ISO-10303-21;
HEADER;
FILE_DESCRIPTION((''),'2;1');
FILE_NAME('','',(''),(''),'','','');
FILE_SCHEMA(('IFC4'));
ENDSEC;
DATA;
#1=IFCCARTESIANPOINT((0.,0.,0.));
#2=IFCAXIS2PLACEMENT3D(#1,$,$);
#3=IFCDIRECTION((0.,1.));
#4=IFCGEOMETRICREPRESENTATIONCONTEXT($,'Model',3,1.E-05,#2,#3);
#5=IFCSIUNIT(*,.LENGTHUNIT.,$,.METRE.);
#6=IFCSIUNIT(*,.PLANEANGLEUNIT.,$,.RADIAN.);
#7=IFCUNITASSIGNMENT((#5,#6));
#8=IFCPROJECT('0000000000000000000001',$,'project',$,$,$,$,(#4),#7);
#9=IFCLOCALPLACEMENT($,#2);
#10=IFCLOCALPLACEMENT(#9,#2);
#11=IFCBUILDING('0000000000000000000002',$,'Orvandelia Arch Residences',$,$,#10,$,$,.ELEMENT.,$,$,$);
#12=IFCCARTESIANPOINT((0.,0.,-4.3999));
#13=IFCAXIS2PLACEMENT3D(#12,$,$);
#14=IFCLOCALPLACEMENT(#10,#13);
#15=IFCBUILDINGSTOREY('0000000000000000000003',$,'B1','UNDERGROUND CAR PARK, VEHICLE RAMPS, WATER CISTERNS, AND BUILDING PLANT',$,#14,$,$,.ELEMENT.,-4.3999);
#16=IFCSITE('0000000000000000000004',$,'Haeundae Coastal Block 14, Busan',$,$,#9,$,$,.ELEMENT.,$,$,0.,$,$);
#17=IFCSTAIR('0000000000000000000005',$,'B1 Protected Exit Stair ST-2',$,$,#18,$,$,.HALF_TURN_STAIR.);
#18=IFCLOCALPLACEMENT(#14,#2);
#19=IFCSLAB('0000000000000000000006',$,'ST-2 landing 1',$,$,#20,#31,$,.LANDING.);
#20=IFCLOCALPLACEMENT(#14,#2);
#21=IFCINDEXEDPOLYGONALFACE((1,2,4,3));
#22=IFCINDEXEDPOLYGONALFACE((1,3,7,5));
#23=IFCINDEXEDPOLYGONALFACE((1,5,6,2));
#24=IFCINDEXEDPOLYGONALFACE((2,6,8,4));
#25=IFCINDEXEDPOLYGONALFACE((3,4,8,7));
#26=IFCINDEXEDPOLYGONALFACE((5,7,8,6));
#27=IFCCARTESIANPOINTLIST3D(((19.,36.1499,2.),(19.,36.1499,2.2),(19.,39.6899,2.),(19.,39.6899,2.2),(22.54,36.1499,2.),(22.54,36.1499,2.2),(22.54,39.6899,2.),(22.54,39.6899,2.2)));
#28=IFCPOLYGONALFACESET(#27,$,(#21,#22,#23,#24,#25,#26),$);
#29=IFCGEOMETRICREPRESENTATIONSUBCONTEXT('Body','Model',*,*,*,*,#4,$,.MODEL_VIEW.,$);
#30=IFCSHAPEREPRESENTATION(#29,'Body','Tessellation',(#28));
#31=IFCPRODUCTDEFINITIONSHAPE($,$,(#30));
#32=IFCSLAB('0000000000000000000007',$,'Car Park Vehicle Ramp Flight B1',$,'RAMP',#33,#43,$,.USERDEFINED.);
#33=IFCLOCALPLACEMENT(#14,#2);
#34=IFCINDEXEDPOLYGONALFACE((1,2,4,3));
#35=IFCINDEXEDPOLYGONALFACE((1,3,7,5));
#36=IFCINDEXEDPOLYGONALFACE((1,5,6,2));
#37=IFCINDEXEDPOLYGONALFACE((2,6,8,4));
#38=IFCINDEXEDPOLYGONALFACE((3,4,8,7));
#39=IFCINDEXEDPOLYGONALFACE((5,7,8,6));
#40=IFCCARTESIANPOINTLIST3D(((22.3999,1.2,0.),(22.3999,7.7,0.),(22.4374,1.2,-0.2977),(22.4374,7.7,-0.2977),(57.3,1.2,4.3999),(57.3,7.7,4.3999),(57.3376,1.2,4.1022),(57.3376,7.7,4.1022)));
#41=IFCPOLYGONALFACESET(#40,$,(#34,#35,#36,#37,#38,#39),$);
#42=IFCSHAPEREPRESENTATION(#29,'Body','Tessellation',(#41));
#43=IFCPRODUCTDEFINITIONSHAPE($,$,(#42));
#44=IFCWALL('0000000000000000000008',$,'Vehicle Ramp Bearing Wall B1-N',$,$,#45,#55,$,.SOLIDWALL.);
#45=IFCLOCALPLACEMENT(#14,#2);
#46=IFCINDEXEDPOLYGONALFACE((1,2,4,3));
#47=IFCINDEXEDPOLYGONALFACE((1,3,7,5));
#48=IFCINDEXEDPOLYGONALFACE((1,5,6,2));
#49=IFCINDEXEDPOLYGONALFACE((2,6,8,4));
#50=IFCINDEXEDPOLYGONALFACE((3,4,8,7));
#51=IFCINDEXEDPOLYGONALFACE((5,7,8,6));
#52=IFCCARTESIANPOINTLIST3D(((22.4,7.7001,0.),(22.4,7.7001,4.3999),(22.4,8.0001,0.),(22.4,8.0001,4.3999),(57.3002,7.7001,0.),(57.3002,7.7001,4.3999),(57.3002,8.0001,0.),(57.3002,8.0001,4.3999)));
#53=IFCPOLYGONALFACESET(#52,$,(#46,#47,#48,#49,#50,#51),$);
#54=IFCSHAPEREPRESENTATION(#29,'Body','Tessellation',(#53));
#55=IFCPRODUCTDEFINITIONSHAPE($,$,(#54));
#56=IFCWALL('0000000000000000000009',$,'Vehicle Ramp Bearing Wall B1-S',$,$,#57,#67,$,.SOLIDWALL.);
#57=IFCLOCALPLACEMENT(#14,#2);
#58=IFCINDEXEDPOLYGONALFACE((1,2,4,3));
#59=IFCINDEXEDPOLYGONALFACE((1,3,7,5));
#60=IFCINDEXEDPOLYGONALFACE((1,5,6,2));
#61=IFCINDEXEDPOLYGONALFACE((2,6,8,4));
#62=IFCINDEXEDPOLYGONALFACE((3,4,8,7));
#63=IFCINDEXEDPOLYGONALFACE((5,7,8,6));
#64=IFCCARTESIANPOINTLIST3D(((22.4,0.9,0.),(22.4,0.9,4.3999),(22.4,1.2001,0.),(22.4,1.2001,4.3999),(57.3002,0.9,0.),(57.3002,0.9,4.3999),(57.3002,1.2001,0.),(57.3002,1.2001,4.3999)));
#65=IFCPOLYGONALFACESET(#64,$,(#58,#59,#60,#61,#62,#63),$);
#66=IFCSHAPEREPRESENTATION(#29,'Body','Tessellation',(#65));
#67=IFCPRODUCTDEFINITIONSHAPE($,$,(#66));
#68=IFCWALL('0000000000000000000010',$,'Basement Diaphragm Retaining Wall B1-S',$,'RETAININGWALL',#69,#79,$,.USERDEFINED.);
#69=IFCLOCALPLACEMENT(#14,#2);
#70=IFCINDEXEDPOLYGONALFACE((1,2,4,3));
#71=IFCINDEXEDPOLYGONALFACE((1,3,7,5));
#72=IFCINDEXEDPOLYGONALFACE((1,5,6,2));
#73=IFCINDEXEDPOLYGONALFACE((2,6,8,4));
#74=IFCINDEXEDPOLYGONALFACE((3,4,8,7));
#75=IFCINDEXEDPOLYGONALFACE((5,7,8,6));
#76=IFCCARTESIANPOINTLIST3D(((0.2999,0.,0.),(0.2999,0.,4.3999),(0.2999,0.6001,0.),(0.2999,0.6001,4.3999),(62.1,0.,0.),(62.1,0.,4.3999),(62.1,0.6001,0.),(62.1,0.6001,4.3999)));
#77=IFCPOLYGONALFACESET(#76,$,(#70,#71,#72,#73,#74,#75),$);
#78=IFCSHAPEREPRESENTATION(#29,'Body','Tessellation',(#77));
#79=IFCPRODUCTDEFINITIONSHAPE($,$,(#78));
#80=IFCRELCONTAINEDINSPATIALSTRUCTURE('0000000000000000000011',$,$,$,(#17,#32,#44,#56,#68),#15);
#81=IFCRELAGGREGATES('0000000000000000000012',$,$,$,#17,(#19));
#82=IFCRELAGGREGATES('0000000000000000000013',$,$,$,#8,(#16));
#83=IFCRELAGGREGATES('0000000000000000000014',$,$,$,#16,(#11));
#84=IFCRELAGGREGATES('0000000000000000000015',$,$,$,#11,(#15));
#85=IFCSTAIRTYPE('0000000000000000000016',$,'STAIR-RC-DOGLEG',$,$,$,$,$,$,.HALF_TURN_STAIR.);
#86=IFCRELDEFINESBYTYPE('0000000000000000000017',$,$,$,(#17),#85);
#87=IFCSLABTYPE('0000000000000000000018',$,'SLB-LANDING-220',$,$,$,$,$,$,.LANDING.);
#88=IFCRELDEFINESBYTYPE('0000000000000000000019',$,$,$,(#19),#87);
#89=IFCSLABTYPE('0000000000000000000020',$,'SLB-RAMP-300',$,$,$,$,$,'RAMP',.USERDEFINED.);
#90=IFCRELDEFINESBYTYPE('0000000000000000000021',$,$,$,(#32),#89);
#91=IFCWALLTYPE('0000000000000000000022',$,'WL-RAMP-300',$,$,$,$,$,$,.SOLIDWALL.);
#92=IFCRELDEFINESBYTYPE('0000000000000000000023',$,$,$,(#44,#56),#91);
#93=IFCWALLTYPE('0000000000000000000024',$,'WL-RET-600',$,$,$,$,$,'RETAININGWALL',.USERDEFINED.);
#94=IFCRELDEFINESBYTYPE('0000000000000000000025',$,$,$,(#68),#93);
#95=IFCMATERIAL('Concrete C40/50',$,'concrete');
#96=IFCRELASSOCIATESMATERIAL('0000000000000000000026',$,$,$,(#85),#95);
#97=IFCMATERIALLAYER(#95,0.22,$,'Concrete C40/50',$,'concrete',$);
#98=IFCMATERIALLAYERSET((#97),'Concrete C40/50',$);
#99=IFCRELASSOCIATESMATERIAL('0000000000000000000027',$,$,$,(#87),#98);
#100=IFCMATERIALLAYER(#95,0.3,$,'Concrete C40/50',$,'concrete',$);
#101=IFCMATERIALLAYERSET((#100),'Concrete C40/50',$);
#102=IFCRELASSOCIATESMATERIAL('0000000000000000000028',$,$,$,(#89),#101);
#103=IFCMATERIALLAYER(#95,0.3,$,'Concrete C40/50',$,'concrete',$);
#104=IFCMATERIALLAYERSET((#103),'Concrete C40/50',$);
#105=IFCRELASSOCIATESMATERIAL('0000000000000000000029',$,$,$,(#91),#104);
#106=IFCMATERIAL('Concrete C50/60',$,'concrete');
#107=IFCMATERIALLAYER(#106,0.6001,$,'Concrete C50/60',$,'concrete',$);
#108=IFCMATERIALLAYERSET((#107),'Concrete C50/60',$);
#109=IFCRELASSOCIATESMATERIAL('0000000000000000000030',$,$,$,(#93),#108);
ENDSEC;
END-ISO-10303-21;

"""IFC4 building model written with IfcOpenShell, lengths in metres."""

from ifc_helpers import new_model, si_unit, direction, frame, frame_2d, origin, place, context, subcontext, project, spatial, polyline, rectangle, outline, extrude, material, layer, layer_set, type_object, element, aggregate, save


model = new_model("IFC4")

# Units and contexts
model_context = context("Model", 3, precision=1e-05, world=origin(), true_north=direction((0.0, 1.0)))
body_context = subcontext(model_context, "Body", "Model", "MODEL_VIEW")
ifc_project = project(units=[si_unit("LENGTHUNIT", "METRE"), si_unit("PLANEANGLEUNIT", "RADIAN")], contexts=[model_context])

# Site, building, storey
site_placement = place(None, origin())
site = spatial("IfcSite", under=ifc_project, at=site_placement, Name="Haeundae Coastal Block 14, Busan", CompositionType="ELEMENT", RefElevation=0.0)
building_placement = place(site_placement, origin())
building = spatial("IfcBuilding", under=site, at=building_placement, Name="Orvandelia Arch Residences", CompositionType="ELEMENT")
storey_placement = place(building_placement, frame((0.0, 0.0, -4.3999)))
storey = spatial("IfcBuildingStorey", under=building, at=storey_placement, Name="B1", Description="UNDERGROUND CAR PARK, VEHICLE RAMPS, WATER CISTERNS, AND BUILDING PLANT", CompositionType="ELEMENT", Elevation=-4.3999)

# Shared definitions
ifc_material_1 = material(Name="Concrete C50/60", Category="concrete")

# Shared definitions
ifc_material_2 = material(Name="Concrete C40/50", Category="concrete")

# Stair, slab
stair_type = type_object("IfcStairType", Name="STAIR-RC-DOGLEG", PredefinedType="HALF_TURN_STAIR", material=ifc_material_2)
ifc_layer_1 = layer(ifc_material_2, 0.22, Name="Concrete C40/50", Category="concrete")
ifc_layer_set_1 = layer_set([ifc_layer_1], Name="Concrete C40/50")
slab_type_1 = type_object("IfcSlabType", Name="SLB-LANDING-220", PredefinedType="LANDING", material=ifc_layer_set_1)
stair_1_placement = place(storey_placement, origin())
stair_1 = element("IfcStair", 1, at=stair_1_placement, inside=storey, type_object=stair_type, Name="B1 Protected Exit Stair ST-2", PredefinedType="HALF_TURN_STAIR")
slab_1_placement = place(storey_placement, frame((0.0, 0.0, 2.0)))
slab_1 = element("IfcSlab", 2, at=slab_1_placement, type_object=slab_type_1, Name="ST-2 landing 1", PredefinedType="LANDING", context=body_context, shape_type="SweptSolid", body=[
    extrude(outline(polyline([(22.54, 36.1499), (22.54, 39.6899), (19.0, 39.6899), (19.0, 36.1499), (22.54, 36.1499)])), origin(), (0.0, 0.0, 1.0), 0.2),
])
aggregate(stair_1, [slab_1])

# Slab
ifc_layer_2 = layer(ifc_material_2, 0.3, Name="Concrete C40/50", Category="concrete")
ifc_layer_set_2 = layer_set([ifc_layer_2], Name="Concrete C40/50")
slab_type_2 = type_object("IfcSlabType", Name="SLB-RAMP-300", ElementType="RAMP", PredefinedType="USERDEFINED", material=ifc_layer_set_2)
slab_2_placement = place(storey_placement, frame((22.3999, 1.2, 0.0), z_axis=(-0.125081, 0.0, 0.992147), x_axis=(0.992147, 0.0, 0.125081)))
element("IfcSlab", 3, at=slab_2_placement, inside=storey, type_object=slab_type_2, Name="Car Park Vehicle Ramp Flight B1", ObjectType="RAMP", PredefinedType="USERDEFINED", context=body_context, shape_type="SweptSolid", body=[
    extrude(outline(polyline([(0.0, 0.0), (35.1764, 0.0), (35.1764, 6.5), (0.0, 6.5), (0.0, 0.0)])), origin(), (0.0, 0.0, -1.0), 0.3),
])

# Walls
ifc_layer_3 = layer(ifc_material_2, 0.3, Name="Concrete C40/50", Category="concrete")
ifc_layer_set_3 = layer_set([ifc_layer_3], Name="Concrete C40/50")
wall_type_1 = type_object("IfcWallType", Name="WL-RAMP-300", PredefinedType="SOLIDWALL", material=ifc_layer_set_3)
for number, where, z_axis, x_axis, name in (
    (4, (22.3999, 7.8501, 0.0), (0.0, 0.0, 1.0), (1.0, 0.0, 0.0), "Vehicle Ramp Bearing Wall B1-N"),
    (5, (22.3999, 1.05, 0.0), (0.0, 0.0, 1.0), (1.0, 0.0, 0.0), "Vehicle Ramp Bearing Wall B1-S"),
):
    element("IfcWall", number, at=place(storey_placement, frame(where, z_axis=z_axis, x_axis=x_axis)), inside=storey, type_object=wall_type_1, Name=name, PredefinedType="SOLIDWALL", context=body_context, shape_type="SweptSolid", body=[
        extrude(rectangle(XDim=34.9001, YDim=0.3, at=frame_2d((17.4502, 0.0))), origin(), (0.0, 0.0, 1.0), 4.3999),
    ])
ifc_layer_4 = layer(ifc_material_1, 0.6001, Name="Concrete C50/60", Category="concrete")
ifc_layer_set_4 = layer_set([ifc_layer_4], Name="Concrete C50/60")
wall_type_2 = type_object("IfcWallType", Name="WL-RET-600", ElementType="RETAININGWALL", PredefinedType="USERDEFINED", material=ifc_layer_set_4)
wall_placement = place(storey_placement, frame((0.3, 0.3, 0.0), z_axis=(0.0, 0.0, 1.0), x_axis=(1.0, 0.0, 0.0)))
element("IfcWall", 6, at=wall_placement, inside=storey, type_object=wall_type_2, Name="Basement Diaphragm Retaining Wall B1-S", ObjectType="RETAININGWALL", PredefinedType="USERDEFINED", context=body_context, shape_type="SweptSolid", body=[
    extrude(rectangle(XDim=61.8, YDim=0.6001, at=frame_2d((30.8999, 0.0))), origin(), (0.0, 0.0, 1.0), 4.3999),
])

save(model, "model.ifc")
